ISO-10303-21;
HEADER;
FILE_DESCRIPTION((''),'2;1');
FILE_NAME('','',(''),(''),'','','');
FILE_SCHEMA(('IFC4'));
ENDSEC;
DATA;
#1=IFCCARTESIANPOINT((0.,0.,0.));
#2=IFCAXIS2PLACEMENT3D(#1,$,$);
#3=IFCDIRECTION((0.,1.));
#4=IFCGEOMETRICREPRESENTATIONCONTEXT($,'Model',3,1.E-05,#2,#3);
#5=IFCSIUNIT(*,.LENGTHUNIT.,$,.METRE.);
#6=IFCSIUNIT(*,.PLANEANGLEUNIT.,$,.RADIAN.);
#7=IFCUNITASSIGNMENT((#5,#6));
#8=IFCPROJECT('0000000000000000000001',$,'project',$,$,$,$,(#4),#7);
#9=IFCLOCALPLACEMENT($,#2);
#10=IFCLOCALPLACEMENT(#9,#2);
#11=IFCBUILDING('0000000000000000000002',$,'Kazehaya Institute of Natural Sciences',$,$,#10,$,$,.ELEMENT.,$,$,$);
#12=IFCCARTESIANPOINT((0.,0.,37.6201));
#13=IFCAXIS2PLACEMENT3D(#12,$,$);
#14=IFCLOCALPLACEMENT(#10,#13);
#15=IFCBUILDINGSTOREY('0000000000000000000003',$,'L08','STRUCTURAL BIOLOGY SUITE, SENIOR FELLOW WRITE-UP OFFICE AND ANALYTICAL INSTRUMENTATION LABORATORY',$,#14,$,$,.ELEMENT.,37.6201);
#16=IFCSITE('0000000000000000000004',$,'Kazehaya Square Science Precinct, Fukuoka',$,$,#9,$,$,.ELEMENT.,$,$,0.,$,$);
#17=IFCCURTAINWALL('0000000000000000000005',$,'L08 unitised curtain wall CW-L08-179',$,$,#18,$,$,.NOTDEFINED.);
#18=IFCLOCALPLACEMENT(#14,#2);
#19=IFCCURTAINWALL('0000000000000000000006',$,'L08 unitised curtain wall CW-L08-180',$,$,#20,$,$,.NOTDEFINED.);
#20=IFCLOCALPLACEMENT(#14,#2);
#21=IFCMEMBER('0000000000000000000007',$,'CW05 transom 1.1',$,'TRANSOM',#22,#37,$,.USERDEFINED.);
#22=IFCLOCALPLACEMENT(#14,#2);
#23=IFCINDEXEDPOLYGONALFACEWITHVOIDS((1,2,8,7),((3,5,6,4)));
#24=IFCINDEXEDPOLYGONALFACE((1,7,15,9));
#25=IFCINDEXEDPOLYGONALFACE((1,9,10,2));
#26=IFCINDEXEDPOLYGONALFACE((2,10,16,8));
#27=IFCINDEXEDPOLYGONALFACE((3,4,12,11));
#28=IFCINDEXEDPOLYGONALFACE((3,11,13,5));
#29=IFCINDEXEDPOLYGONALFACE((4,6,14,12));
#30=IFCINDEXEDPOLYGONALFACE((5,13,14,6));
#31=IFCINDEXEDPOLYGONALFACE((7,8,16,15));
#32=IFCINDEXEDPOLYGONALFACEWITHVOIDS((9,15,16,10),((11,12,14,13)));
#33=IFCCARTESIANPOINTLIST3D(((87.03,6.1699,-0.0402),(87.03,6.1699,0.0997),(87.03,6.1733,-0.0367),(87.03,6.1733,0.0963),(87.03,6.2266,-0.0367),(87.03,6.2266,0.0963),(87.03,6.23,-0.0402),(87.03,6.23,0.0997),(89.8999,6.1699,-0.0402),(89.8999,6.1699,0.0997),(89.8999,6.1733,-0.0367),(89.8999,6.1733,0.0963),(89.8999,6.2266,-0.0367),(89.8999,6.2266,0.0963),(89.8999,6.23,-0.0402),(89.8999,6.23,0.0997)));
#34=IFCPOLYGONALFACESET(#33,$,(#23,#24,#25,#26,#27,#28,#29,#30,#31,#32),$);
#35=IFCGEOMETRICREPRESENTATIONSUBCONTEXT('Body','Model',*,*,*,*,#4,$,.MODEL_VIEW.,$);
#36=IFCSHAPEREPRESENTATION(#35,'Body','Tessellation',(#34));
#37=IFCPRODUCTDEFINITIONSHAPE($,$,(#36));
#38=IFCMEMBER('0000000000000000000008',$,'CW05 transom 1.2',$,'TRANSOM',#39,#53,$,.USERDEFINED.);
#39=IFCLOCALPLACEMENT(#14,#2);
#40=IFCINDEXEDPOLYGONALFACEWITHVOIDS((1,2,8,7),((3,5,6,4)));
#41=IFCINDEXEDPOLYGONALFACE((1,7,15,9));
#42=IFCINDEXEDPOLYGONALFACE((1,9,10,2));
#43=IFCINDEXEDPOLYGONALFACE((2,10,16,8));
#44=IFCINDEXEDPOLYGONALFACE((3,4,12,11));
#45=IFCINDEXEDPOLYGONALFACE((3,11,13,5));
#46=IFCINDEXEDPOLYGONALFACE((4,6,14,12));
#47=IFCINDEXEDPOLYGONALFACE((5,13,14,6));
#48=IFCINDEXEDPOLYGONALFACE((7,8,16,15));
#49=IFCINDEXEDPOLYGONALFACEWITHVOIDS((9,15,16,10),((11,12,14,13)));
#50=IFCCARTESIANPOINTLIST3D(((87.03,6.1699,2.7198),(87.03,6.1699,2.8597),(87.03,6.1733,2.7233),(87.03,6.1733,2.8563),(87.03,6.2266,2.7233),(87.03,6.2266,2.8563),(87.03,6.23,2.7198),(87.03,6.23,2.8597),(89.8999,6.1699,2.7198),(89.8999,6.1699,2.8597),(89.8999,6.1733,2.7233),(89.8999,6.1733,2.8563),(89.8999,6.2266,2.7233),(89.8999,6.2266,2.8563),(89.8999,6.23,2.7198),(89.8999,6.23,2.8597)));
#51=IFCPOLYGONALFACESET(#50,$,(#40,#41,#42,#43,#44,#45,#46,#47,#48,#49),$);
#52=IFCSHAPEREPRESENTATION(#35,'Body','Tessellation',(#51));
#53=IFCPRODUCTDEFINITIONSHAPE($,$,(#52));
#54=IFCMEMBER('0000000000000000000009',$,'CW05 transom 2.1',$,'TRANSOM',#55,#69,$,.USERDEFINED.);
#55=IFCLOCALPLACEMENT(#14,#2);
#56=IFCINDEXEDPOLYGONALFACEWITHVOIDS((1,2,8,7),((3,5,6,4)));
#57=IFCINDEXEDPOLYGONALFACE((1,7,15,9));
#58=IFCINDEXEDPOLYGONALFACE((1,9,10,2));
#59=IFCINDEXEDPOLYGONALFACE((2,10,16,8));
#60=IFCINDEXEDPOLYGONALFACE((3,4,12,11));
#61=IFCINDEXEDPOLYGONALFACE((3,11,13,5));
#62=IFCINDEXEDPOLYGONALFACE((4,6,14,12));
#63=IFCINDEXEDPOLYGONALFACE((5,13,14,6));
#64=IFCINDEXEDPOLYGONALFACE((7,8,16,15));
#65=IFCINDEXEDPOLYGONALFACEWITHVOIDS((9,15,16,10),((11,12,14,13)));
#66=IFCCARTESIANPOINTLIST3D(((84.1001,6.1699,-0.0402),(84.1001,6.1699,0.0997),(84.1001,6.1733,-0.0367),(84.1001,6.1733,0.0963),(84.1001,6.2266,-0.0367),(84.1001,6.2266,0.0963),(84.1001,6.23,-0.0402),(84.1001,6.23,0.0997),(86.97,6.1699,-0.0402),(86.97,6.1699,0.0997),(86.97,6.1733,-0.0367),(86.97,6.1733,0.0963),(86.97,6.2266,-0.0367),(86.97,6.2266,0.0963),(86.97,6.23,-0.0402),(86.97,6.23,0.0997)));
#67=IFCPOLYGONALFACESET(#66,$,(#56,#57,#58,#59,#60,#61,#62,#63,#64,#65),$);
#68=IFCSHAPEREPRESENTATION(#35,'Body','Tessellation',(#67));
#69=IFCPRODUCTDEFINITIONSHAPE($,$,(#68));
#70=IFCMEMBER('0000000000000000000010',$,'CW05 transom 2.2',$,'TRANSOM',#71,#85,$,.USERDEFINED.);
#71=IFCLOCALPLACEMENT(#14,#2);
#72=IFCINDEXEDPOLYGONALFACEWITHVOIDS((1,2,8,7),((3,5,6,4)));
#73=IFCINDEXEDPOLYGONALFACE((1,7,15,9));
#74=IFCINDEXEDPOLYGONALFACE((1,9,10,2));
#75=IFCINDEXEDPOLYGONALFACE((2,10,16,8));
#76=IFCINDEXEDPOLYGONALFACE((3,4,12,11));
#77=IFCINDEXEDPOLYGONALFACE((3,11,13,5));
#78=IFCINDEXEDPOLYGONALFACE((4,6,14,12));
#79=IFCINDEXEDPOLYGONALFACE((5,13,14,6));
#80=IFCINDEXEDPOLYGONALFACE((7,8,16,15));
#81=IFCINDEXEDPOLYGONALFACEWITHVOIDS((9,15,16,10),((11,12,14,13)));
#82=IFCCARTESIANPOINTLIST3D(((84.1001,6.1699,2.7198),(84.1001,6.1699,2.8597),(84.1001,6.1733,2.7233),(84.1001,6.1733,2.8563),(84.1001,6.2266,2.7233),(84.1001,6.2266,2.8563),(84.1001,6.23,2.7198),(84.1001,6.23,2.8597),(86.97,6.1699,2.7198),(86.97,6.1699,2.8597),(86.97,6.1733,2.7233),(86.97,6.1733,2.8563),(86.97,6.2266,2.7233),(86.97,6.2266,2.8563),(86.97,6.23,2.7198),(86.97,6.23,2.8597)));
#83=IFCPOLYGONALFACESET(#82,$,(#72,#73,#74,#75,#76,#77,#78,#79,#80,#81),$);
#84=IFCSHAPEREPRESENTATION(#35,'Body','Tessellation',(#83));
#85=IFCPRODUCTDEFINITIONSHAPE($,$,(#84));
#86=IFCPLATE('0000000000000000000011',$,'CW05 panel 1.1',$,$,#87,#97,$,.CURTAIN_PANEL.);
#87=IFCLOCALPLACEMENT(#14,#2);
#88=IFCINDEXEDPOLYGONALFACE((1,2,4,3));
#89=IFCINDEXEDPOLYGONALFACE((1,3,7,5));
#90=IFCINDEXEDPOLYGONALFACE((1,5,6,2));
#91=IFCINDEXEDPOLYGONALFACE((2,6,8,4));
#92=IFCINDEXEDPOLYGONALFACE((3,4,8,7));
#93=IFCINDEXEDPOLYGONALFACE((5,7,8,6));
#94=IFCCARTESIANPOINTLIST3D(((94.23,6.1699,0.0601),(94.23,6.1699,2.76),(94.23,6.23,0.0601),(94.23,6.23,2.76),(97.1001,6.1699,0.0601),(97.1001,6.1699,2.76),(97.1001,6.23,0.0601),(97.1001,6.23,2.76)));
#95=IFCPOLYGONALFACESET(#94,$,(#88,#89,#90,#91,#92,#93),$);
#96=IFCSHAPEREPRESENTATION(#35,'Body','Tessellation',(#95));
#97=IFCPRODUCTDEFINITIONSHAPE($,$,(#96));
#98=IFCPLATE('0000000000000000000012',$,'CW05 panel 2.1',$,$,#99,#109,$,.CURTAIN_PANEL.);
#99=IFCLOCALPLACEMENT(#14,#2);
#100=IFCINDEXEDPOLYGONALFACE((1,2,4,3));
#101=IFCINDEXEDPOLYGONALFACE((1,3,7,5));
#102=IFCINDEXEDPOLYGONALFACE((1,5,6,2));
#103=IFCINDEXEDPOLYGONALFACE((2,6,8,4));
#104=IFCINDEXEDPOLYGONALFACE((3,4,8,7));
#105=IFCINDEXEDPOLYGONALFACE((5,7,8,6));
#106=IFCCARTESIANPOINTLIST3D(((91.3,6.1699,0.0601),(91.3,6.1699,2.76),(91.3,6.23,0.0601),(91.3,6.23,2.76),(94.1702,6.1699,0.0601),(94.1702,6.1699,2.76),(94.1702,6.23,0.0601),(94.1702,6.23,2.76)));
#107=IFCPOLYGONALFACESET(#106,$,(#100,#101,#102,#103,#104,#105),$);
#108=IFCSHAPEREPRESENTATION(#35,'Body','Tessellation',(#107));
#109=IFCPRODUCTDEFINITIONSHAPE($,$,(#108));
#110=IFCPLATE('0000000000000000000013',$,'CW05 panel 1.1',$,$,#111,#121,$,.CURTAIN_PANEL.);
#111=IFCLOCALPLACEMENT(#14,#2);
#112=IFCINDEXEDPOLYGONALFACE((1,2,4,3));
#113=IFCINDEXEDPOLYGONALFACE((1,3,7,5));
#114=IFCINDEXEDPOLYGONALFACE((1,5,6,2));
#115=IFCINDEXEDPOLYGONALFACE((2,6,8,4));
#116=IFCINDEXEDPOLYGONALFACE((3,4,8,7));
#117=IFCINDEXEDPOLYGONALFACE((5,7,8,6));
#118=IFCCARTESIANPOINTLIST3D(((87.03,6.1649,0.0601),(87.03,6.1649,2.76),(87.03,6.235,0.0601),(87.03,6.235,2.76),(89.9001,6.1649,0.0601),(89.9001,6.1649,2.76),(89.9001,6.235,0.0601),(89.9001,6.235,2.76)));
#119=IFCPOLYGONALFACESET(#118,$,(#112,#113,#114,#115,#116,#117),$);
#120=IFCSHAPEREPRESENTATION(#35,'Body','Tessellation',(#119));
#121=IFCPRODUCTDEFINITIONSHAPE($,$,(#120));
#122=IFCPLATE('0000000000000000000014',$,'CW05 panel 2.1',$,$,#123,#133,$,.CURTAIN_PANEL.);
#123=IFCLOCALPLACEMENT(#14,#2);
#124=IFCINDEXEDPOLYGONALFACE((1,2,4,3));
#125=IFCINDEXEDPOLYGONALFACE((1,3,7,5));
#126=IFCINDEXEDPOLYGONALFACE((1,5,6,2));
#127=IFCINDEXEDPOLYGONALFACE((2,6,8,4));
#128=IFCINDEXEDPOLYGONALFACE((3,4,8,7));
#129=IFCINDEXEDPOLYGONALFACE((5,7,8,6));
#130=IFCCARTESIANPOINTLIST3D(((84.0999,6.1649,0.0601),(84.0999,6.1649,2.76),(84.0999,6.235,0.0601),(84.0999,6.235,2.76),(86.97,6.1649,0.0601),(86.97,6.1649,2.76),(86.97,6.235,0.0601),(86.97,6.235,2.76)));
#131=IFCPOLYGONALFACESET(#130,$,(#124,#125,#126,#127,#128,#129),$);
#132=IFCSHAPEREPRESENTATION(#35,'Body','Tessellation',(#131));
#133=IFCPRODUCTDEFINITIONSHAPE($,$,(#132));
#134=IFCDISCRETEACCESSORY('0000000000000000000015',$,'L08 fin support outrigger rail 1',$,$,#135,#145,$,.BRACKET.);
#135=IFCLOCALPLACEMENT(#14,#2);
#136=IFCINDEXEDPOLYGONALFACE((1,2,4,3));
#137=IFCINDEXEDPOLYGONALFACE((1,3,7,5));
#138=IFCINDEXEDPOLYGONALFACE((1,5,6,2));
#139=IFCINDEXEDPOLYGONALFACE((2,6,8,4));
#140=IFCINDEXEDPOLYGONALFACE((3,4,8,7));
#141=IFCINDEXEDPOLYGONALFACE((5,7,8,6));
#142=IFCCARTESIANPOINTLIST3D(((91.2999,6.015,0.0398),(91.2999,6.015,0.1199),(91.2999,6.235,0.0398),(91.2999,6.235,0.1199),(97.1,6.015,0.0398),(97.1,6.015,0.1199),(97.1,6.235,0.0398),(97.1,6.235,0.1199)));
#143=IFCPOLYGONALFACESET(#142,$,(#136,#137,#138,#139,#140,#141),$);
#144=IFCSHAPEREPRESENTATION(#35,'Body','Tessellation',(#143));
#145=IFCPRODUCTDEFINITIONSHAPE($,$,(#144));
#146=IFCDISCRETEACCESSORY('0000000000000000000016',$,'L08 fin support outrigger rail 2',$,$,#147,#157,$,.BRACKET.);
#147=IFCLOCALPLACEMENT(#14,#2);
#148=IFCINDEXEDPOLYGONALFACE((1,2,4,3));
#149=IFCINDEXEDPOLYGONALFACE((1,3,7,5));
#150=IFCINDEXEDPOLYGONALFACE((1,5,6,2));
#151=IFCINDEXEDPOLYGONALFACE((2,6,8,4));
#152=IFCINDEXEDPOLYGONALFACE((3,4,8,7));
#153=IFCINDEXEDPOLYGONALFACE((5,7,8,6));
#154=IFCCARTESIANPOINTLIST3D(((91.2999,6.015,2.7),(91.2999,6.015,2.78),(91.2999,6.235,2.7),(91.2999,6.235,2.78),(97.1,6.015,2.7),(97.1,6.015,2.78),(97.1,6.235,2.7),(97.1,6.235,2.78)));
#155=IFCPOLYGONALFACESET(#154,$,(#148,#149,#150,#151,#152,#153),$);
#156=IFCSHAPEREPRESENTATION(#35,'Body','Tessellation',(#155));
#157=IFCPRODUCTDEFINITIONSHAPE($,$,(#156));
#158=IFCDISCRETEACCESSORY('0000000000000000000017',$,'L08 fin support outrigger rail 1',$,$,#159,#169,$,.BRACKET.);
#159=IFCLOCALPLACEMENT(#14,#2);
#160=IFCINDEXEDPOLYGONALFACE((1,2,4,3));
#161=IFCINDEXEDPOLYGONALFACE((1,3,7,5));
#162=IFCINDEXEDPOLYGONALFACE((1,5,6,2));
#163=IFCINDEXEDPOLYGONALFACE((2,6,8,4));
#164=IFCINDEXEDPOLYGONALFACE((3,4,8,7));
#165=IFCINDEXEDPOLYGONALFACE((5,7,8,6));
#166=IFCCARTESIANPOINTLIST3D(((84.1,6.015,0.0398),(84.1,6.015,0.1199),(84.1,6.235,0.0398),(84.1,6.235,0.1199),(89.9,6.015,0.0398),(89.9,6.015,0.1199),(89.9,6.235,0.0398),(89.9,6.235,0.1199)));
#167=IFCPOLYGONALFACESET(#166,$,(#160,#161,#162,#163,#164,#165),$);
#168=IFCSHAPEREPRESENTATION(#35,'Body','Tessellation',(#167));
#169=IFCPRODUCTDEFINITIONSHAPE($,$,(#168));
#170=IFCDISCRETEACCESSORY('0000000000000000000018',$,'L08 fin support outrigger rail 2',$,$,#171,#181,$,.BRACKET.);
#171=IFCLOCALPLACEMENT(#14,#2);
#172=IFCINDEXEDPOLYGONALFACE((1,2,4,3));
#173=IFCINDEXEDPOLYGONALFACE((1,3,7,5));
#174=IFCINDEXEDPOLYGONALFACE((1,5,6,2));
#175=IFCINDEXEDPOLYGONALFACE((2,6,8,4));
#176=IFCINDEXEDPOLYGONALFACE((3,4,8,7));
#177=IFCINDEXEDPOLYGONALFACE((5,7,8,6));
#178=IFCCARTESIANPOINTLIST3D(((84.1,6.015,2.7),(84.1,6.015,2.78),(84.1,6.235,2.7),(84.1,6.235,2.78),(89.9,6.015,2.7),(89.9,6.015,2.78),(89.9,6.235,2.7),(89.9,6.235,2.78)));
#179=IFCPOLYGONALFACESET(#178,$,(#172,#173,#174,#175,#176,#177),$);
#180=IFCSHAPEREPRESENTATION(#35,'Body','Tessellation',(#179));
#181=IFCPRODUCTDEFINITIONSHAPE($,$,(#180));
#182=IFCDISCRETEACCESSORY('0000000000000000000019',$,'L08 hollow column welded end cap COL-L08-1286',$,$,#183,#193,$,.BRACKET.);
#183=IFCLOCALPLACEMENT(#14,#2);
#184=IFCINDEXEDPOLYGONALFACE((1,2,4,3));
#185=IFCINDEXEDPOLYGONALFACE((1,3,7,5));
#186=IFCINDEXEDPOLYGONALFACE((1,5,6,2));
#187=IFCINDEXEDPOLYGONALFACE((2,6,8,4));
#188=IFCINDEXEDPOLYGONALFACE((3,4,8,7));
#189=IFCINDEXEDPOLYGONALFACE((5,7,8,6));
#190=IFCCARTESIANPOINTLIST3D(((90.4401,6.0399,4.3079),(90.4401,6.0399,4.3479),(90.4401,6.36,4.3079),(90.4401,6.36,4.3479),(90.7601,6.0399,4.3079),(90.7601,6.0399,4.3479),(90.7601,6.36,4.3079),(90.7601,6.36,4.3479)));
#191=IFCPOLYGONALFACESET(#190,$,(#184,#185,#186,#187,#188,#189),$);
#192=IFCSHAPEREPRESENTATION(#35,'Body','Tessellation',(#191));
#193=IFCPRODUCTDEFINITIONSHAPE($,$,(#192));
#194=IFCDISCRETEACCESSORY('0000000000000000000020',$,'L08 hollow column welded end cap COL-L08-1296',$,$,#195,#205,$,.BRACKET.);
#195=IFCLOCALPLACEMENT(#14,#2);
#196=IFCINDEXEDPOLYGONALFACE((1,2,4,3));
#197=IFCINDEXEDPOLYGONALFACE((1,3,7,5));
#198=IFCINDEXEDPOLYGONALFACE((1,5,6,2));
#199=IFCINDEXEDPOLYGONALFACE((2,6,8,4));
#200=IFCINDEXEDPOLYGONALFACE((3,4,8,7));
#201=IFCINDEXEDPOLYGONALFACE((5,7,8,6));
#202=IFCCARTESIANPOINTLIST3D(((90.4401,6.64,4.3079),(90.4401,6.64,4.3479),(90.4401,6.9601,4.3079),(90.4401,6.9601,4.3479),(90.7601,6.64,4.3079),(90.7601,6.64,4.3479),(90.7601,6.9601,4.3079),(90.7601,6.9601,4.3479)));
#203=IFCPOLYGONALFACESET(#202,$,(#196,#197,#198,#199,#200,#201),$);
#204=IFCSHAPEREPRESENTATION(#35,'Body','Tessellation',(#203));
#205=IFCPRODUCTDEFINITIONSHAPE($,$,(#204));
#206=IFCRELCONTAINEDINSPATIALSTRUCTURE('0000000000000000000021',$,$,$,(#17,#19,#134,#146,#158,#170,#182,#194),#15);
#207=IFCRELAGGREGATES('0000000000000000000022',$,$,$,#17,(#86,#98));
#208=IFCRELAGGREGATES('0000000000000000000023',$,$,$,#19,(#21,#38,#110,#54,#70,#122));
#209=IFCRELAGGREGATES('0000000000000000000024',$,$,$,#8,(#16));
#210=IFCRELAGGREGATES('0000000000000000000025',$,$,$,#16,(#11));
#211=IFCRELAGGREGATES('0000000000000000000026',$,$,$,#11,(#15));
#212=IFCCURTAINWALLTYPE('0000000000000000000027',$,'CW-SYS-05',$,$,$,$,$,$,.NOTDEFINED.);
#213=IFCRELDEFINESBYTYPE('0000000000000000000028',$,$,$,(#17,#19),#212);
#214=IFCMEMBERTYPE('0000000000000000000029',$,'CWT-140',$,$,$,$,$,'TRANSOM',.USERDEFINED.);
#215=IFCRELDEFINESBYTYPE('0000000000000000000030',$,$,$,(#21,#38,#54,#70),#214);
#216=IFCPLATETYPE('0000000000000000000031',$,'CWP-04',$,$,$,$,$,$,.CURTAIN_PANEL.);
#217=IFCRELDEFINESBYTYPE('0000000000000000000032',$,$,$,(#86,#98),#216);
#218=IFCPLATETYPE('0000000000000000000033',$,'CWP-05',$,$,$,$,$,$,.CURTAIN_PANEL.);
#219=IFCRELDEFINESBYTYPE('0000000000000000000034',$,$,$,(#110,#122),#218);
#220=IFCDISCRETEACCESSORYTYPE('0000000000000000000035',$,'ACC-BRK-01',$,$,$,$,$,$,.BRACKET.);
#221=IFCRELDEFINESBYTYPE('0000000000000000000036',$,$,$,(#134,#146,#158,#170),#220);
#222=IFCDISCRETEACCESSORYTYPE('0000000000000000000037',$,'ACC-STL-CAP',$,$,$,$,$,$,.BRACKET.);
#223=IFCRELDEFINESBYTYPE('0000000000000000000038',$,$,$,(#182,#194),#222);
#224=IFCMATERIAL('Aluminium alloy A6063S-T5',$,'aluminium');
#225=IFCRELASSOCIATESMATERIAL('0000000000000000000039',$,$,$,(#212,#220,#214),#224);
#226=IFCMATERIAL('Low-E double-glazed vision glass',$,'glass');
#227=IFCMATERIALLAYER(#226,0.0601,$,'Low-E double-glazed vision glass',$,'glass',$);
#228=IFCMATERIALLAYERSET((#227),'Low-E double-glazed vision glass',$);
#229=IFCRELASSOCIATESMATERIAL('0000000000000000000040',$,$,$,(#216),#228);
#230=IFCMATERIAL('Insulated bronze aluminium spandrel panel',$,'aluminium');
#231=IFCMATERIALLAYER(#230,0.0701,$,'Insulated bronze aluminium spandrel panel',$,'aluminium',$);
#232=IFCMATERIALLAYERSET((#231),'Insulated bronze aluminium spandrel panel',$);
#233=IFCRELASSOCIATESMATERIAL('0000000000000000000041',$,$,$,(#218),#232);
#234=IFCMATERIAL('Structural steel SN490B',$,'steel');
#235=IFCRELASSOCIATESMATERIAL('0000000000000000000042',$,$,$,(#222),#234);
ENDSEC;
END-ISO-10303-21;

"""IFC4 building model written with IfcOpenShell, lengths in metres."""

from ifc_helpers import new_model, si_unit, direction, frame, origin, origin_2d, place, context, subcontext, project, spatial, rectangle, hollow_rectangle, extrude, material, layer, layer_set, material_profile, profile_set, type_object, element, aggregate, save


model = new_model("IFC4")

# Units and contexts
model_context = context("Model", 3, precision=1e-05, world=origin(), true_north=direction((0.0, 1.0)))
body_context = subcontext(model_context, "Body", "Model", "MODEL_VIEW")
ifc_project = project(units=[si_unit("LENGTHUNIT", "METRE"), si_unit("PLANEANGLEUNIT", "RADIAN")], contexts=[model_context])

# Site, building, storey
site_placement = place(None, origin())
site = spatial("IfcSite", under=ifc_project, at=site_placement, Name="Kazehaya Square Science Precinct, Fukuoka", CompositionType="ELEMENT", RefElevation=0.0)
building_placement = place(site_placement, origin())
building = spatial("IfcBuilding", under=site, at=building_placement, Name="Kazehaya Institute of Natural Sciences", CompositionType="ELEMENT")
storey_placement = place(building_placement, frame((0.0, 0.0, 37.6201)))
storey = spatial("IfcBuildingStorey", under=building, at=storey_placement, Name="L08", Description="STRUCTURAL BIOLOGY SUITE, SENIOR FELLOW WRITE-UP OFFICE AND ANALYTICAL INSTRUMENTATION LABORATORY", CompositionType="ELEMENT", Elevation=37.6201)

# Curtain walls
ifc_material_1 = material(Name="Aluminium alloy A6063S-T5", Category="aluminium")
curtain_wall_type = type_object("IfcCurtainWallType", Name="CW-SYS-05", PredefinedType="NOTDEFINED", material=ifc_material_1)
curtain_wall_1_placement = place(storey_placement, origin())
curtain_wall_1 = element("IfcCurtainWall", 1, at=curtain_wall_1_placement, inside=storey, type_object=curtain_wall_type, Name="L08 unitised curtain wall CW-L08-179", PredefinedType="NOTDEFINED")
curtain_wall_2_placement = place(storey_placement, origin())
curtain_wall_2 = element("IfcCurtainWall", 2, at=curtain_wall_2_placement, inside=storey, type_object=curtain_wall_type, Name="L08 unitised curtain wall CW-L08-180", PredefinedType="NOTDEFINED")

# Members
ifc_material_profile_1 = material_profile(ifc_material_1, hollow_rectangle(XDim=0.0601, YDim=0.1399, WallThickness=0.0034, at=origin_2d()), Name="ALU-60x140x3.5")
ifc_profile_set_1 = profile_set([ifc_material_profile_1], Name="Aluminium alloy A6063S-T5")
member_type_1 = type_object("IfcMemberType", Name="CWT-140", ElementType="TRANSOM", PredefinedType="USERDEFINED", material=ifc_profile_set_1)
member_1_placement = place(storey_placement, frame((89.8999, 6.2, 0.0298), z_axis=(-1.0, 0.0, 0.0), x_axis=(0.0, -1.0, 0.0)))
member_1 = element("IfcMember", 3, at=member_1_placement, type_object=member_type_1, Name="CW05 transom 1.1", ObjectType="TRANSOM", PredefinedType="USERDEFINED", context=body_context, shape_type="SweptSolid", body=[
    extrude(hollow_rectangle(XDim=0.0601, YDim=0.1399, WallThickness=0.0034, at=origin_2d()), origin(), (0.0, 0.0, 1.0), 2.8699),
])
member_2_placement = place(storey_placement, frame((89.8999, 6.2, 2.7898), z_axis=(-1.0, 0.0, 0.0), x_axis=(0.0, -1.0, 0.0)))
member_2 = element("IfcMember", 4, at=member_2_placement, type_object=member_type_1, Name="CW05 transom 1.2", ObjectType="TRANSOM", PredefinedType="USERDEFINED", context=body_context, shape_type="SweptSolid", body=[
    extrude(hollow_rectangle(XDim=0.0601, YDim=0.1399, WallThickness=0.0034, at=origin_2d()), origin(), (0.0, 0.0, 1.0), 2.8699),
])
member_3_placement = place(storey_placement, frame((86.97, 6.2, 0.0298), z_axis=(-1.0, 0.0, 0.0), x_axis=(0.0, -1.0, 0.0)))
member_3 = element("IfcMember", 5, at=member_3_placement, type_object=member_type_1, Name="CW05 transom 2.1", ObjectType="TRANSOM", PredefinedType="USERDEFINED", context=body_context, shape_type="SweptSolid", body=[
    extrude(hollow_rectangle(XDim=0.0601, YDim=0.1399, WallThickness=0.0034, at=origin_2d()), origin(), (0.0, 0.0, 1.0), 2.8699),
])
member_4_placement = place(storey_placement, frame((86.97, 6.2, 2.7898), z_axis=(-1.0, 0.0, 0.0), x_axis=(0.0, -1.0, 0.0)))
member_4 = element("IfcMember", 6, at=member_4_placement, type_object=member_type_1, Name="CW05 transom 2.2", ObjectType="TRANSOM", PredefinedType="USERDEFINED", context=body_context, shape_type="SweptSolid", body=[
    extrude(hollow_rectangle(XDim=0.0601, YDim=0.1399, WallThickness=0.0034, at=origin_2d()), origin(), (0.0, 0.0, 1.0), 2.8699),
])

# Plates
ifc_material_2 = material(Name="Low-E double-glazed vision glass", Category="glass")
ifc_layer_1 = layer(ifc_material_2, 0.0601, Name="Low-E double-glazed vision glass", Category="glass")
ifc_layer_set_1 = layer_set([ifc_layer_1], Name="Low-E double-glazed vision glass")
plate_type_1 = type_object("IfcPlateType", Name="CWP-04", PredefinedType="CURTAIN_PANEL", material=ifc_layer_set_1)
plate_1_placement = place(storey_placement, frame((95.665, 6.2, 0.0601), z_axis=(0.0, 0.0, 1.0), x_axis=(-1.0, 0.0, 0.0)))
plate_1 = element("IfcPlate", 7, at=plate_1_placement, type_object=plate_type_1, Name="CW05 panel 1.1", PredefinedType="CURTAIN_PANEL", context=body_context, shape_type="SweptSolid", body=[
    extrude(rectangle(XDim=2.8701, YDim=0.0601, at=origin_2d()), origin(), (0.0, 0.0, 1.0), 2.7),
])
plate_2_placement = place(storey_placement, frame((92.7351, 6.2, 0.0601), z_axis=(0.0, 0.0, 1.0), x_axis=(-1.0, 0.0, 0.0)))
plate_2 = element("IfcPlate", 8, at=plate_2_placement, type_object=plate_type_1, Name="CW05 panel 2.1", PredefinedType="CURTAIN_PANEL", context=body_context, shape_type="SweptSolid", body=[
    extrude(rectangle(XDim=2.8701, YDim=0.0601, at=origin_2d()), origin(), (0.0, 0.0, 1.0), 2.7),
])
aggregate(curtain_wall_1, [plate_1, plate_2])
ifc_material_3 = material(Name="Insulated bronze aluminium spandrel panel", Category="aluminium")
ifc_layer_2 = layer(ifc_material_3, 0.0701, Name="Insulated bronze aluminium spandrel panel", Category="aluminium")
ifc_layer_set_2 = layer_set([ifc_layer_2], Name="Insulated bronze aluminium spandrel panel")
plate_type_2 = type_object("IfcPlateType", Name="CWP-05", PredefinedType="CURTAIN_PANEL", material=ifc_layer_set_2)
plate_3_placement = place(storey_placement, frame((88.4651, 6.2, 0.0601), z_axis=(0.0, 0.0, 1.0), x_axis=(-1.0, 0.0, 0.0)))
plate_3 = element("IfcPlate", 9, at=plate_3_placement, type_object=plate_type_2, Name="CW05 panel 1.1", PredefinedType="CURTAIN_PANEL", context=body_context, shape_type="SweptSolid", body=[
    extrude(rectangle(XDim=2.8701, YDim=0.0701, at=origin_2d()), origin(), (0.0, 0.0, 1.0), 2.7),
])
plate_4_placement = place(storey_placement, frame((85.5349, 6.2, 0.0601), z_axis=(0.0, 0.0, 1.0), x_axis=(-1.0, 0.0, 0.0)))
plate_4 = element("IfcPlate", 10, at=plate_4_placement, type_object=plate_type_2, Name="CW05 panel 2.1", PredefinedType="CURTAIN_PANEL", context=body_context, shape_type="SweptSolid", body=[
    extrude(rectangle(XDim=2.8701, YDim=0.0701, at=origin_2d()), origin(), (0.0, 0.0, 1.0), 2.7),
])
aggregate(curtain_wall_2, [member_1, member_2, plate_3, member_3, member_4, plate_4])

# Discrete accessories
discrete_accessory_type_1 = type_object("IfcDiscreteAccessoryType", Name="ACC-BRK-01", PredefinedType="BRACKET", material=ifc_material_1)
for number, where, z_axis, x_axis, name in (
    (11, (94.2, 6.125, 0.0398), (0.0, 0.0, 1.0), (-1.0, 0.0, 0.0), "L08 fin support outrigger rail 1"),
    (12, (94.2, 6.125, 2.7), (0.0, 0.0, 1.0), (-1.0, 0.0, 0.0), "L08 fin support outrigger rail 2"),
    (13, (87.0, 6.125, 0.0398), (0.0, 0.0, 1.0), (-1.0, 0.0, 0.0), "L08 fin support outrigger rail 1"),
    (14, (87.0, 6.125, 2.7), (0.0, 0.0, 1.0), (-1.0, 0.0, 0.0), "L08 fin support outrigger rail 2"),
):
    element("IfcDiscreteAccessory", number, at=place(storey_placement, frame(where, z_axis=z_axis, x_axis=x_axis)), inside=storey, type_object=discrete_accessory_type_1, Name=name, PredefinedType="BRACKET", context=body_context, shape_type="SweptSolid", body=[
        extrude(rectangle(XDim=5.8, YDim=0.22, at=origin_2d()), origin(), (0.0, 0.0, 1.0), 0.0801),
    ])
ifc_material_4 = material(Name="Structural steel SN490B", Category="steel")
discrete_accessory_type_2 = type_object("IfcDiscreteAccessoryType", Name="ACC-STL-CAP", PredefinedType="BRACKET", material=ifc_material_4)
for number, where, z_axis, x_axis, name in (
    (15, (90.6001, 6.2, 4.3079), (0.0, 0.0, 1.0), (1.0, 0.0, 0.0), "L08 hollow column welded end cap COL-L08-1286"),
    (16, (90.6001, 6.8, 4.3079), (0.0, 0.0, 1.0), (1.0, 0.0, 0.0), "L08 hollow column welded end cap COL-L08-1296"),
):
    element("IfcDiscreteAccessory", number, at=place(storey_placement, frame(where, z_axis=z_axis, x_axis=x_axis)), inside=storey, type_object=discrete_accessory_type_2, Name=name, PredefinedType="BRACKET", context=body_context, shape_type="SweptSolid", body=[
        extrude(rectangle(XDim=0.3201, YDim=0.3201, at=origin_2d()), origin(), (0.0, 0.0, 1.0), 0.04),
    ])

save(model, "model.ifc")
